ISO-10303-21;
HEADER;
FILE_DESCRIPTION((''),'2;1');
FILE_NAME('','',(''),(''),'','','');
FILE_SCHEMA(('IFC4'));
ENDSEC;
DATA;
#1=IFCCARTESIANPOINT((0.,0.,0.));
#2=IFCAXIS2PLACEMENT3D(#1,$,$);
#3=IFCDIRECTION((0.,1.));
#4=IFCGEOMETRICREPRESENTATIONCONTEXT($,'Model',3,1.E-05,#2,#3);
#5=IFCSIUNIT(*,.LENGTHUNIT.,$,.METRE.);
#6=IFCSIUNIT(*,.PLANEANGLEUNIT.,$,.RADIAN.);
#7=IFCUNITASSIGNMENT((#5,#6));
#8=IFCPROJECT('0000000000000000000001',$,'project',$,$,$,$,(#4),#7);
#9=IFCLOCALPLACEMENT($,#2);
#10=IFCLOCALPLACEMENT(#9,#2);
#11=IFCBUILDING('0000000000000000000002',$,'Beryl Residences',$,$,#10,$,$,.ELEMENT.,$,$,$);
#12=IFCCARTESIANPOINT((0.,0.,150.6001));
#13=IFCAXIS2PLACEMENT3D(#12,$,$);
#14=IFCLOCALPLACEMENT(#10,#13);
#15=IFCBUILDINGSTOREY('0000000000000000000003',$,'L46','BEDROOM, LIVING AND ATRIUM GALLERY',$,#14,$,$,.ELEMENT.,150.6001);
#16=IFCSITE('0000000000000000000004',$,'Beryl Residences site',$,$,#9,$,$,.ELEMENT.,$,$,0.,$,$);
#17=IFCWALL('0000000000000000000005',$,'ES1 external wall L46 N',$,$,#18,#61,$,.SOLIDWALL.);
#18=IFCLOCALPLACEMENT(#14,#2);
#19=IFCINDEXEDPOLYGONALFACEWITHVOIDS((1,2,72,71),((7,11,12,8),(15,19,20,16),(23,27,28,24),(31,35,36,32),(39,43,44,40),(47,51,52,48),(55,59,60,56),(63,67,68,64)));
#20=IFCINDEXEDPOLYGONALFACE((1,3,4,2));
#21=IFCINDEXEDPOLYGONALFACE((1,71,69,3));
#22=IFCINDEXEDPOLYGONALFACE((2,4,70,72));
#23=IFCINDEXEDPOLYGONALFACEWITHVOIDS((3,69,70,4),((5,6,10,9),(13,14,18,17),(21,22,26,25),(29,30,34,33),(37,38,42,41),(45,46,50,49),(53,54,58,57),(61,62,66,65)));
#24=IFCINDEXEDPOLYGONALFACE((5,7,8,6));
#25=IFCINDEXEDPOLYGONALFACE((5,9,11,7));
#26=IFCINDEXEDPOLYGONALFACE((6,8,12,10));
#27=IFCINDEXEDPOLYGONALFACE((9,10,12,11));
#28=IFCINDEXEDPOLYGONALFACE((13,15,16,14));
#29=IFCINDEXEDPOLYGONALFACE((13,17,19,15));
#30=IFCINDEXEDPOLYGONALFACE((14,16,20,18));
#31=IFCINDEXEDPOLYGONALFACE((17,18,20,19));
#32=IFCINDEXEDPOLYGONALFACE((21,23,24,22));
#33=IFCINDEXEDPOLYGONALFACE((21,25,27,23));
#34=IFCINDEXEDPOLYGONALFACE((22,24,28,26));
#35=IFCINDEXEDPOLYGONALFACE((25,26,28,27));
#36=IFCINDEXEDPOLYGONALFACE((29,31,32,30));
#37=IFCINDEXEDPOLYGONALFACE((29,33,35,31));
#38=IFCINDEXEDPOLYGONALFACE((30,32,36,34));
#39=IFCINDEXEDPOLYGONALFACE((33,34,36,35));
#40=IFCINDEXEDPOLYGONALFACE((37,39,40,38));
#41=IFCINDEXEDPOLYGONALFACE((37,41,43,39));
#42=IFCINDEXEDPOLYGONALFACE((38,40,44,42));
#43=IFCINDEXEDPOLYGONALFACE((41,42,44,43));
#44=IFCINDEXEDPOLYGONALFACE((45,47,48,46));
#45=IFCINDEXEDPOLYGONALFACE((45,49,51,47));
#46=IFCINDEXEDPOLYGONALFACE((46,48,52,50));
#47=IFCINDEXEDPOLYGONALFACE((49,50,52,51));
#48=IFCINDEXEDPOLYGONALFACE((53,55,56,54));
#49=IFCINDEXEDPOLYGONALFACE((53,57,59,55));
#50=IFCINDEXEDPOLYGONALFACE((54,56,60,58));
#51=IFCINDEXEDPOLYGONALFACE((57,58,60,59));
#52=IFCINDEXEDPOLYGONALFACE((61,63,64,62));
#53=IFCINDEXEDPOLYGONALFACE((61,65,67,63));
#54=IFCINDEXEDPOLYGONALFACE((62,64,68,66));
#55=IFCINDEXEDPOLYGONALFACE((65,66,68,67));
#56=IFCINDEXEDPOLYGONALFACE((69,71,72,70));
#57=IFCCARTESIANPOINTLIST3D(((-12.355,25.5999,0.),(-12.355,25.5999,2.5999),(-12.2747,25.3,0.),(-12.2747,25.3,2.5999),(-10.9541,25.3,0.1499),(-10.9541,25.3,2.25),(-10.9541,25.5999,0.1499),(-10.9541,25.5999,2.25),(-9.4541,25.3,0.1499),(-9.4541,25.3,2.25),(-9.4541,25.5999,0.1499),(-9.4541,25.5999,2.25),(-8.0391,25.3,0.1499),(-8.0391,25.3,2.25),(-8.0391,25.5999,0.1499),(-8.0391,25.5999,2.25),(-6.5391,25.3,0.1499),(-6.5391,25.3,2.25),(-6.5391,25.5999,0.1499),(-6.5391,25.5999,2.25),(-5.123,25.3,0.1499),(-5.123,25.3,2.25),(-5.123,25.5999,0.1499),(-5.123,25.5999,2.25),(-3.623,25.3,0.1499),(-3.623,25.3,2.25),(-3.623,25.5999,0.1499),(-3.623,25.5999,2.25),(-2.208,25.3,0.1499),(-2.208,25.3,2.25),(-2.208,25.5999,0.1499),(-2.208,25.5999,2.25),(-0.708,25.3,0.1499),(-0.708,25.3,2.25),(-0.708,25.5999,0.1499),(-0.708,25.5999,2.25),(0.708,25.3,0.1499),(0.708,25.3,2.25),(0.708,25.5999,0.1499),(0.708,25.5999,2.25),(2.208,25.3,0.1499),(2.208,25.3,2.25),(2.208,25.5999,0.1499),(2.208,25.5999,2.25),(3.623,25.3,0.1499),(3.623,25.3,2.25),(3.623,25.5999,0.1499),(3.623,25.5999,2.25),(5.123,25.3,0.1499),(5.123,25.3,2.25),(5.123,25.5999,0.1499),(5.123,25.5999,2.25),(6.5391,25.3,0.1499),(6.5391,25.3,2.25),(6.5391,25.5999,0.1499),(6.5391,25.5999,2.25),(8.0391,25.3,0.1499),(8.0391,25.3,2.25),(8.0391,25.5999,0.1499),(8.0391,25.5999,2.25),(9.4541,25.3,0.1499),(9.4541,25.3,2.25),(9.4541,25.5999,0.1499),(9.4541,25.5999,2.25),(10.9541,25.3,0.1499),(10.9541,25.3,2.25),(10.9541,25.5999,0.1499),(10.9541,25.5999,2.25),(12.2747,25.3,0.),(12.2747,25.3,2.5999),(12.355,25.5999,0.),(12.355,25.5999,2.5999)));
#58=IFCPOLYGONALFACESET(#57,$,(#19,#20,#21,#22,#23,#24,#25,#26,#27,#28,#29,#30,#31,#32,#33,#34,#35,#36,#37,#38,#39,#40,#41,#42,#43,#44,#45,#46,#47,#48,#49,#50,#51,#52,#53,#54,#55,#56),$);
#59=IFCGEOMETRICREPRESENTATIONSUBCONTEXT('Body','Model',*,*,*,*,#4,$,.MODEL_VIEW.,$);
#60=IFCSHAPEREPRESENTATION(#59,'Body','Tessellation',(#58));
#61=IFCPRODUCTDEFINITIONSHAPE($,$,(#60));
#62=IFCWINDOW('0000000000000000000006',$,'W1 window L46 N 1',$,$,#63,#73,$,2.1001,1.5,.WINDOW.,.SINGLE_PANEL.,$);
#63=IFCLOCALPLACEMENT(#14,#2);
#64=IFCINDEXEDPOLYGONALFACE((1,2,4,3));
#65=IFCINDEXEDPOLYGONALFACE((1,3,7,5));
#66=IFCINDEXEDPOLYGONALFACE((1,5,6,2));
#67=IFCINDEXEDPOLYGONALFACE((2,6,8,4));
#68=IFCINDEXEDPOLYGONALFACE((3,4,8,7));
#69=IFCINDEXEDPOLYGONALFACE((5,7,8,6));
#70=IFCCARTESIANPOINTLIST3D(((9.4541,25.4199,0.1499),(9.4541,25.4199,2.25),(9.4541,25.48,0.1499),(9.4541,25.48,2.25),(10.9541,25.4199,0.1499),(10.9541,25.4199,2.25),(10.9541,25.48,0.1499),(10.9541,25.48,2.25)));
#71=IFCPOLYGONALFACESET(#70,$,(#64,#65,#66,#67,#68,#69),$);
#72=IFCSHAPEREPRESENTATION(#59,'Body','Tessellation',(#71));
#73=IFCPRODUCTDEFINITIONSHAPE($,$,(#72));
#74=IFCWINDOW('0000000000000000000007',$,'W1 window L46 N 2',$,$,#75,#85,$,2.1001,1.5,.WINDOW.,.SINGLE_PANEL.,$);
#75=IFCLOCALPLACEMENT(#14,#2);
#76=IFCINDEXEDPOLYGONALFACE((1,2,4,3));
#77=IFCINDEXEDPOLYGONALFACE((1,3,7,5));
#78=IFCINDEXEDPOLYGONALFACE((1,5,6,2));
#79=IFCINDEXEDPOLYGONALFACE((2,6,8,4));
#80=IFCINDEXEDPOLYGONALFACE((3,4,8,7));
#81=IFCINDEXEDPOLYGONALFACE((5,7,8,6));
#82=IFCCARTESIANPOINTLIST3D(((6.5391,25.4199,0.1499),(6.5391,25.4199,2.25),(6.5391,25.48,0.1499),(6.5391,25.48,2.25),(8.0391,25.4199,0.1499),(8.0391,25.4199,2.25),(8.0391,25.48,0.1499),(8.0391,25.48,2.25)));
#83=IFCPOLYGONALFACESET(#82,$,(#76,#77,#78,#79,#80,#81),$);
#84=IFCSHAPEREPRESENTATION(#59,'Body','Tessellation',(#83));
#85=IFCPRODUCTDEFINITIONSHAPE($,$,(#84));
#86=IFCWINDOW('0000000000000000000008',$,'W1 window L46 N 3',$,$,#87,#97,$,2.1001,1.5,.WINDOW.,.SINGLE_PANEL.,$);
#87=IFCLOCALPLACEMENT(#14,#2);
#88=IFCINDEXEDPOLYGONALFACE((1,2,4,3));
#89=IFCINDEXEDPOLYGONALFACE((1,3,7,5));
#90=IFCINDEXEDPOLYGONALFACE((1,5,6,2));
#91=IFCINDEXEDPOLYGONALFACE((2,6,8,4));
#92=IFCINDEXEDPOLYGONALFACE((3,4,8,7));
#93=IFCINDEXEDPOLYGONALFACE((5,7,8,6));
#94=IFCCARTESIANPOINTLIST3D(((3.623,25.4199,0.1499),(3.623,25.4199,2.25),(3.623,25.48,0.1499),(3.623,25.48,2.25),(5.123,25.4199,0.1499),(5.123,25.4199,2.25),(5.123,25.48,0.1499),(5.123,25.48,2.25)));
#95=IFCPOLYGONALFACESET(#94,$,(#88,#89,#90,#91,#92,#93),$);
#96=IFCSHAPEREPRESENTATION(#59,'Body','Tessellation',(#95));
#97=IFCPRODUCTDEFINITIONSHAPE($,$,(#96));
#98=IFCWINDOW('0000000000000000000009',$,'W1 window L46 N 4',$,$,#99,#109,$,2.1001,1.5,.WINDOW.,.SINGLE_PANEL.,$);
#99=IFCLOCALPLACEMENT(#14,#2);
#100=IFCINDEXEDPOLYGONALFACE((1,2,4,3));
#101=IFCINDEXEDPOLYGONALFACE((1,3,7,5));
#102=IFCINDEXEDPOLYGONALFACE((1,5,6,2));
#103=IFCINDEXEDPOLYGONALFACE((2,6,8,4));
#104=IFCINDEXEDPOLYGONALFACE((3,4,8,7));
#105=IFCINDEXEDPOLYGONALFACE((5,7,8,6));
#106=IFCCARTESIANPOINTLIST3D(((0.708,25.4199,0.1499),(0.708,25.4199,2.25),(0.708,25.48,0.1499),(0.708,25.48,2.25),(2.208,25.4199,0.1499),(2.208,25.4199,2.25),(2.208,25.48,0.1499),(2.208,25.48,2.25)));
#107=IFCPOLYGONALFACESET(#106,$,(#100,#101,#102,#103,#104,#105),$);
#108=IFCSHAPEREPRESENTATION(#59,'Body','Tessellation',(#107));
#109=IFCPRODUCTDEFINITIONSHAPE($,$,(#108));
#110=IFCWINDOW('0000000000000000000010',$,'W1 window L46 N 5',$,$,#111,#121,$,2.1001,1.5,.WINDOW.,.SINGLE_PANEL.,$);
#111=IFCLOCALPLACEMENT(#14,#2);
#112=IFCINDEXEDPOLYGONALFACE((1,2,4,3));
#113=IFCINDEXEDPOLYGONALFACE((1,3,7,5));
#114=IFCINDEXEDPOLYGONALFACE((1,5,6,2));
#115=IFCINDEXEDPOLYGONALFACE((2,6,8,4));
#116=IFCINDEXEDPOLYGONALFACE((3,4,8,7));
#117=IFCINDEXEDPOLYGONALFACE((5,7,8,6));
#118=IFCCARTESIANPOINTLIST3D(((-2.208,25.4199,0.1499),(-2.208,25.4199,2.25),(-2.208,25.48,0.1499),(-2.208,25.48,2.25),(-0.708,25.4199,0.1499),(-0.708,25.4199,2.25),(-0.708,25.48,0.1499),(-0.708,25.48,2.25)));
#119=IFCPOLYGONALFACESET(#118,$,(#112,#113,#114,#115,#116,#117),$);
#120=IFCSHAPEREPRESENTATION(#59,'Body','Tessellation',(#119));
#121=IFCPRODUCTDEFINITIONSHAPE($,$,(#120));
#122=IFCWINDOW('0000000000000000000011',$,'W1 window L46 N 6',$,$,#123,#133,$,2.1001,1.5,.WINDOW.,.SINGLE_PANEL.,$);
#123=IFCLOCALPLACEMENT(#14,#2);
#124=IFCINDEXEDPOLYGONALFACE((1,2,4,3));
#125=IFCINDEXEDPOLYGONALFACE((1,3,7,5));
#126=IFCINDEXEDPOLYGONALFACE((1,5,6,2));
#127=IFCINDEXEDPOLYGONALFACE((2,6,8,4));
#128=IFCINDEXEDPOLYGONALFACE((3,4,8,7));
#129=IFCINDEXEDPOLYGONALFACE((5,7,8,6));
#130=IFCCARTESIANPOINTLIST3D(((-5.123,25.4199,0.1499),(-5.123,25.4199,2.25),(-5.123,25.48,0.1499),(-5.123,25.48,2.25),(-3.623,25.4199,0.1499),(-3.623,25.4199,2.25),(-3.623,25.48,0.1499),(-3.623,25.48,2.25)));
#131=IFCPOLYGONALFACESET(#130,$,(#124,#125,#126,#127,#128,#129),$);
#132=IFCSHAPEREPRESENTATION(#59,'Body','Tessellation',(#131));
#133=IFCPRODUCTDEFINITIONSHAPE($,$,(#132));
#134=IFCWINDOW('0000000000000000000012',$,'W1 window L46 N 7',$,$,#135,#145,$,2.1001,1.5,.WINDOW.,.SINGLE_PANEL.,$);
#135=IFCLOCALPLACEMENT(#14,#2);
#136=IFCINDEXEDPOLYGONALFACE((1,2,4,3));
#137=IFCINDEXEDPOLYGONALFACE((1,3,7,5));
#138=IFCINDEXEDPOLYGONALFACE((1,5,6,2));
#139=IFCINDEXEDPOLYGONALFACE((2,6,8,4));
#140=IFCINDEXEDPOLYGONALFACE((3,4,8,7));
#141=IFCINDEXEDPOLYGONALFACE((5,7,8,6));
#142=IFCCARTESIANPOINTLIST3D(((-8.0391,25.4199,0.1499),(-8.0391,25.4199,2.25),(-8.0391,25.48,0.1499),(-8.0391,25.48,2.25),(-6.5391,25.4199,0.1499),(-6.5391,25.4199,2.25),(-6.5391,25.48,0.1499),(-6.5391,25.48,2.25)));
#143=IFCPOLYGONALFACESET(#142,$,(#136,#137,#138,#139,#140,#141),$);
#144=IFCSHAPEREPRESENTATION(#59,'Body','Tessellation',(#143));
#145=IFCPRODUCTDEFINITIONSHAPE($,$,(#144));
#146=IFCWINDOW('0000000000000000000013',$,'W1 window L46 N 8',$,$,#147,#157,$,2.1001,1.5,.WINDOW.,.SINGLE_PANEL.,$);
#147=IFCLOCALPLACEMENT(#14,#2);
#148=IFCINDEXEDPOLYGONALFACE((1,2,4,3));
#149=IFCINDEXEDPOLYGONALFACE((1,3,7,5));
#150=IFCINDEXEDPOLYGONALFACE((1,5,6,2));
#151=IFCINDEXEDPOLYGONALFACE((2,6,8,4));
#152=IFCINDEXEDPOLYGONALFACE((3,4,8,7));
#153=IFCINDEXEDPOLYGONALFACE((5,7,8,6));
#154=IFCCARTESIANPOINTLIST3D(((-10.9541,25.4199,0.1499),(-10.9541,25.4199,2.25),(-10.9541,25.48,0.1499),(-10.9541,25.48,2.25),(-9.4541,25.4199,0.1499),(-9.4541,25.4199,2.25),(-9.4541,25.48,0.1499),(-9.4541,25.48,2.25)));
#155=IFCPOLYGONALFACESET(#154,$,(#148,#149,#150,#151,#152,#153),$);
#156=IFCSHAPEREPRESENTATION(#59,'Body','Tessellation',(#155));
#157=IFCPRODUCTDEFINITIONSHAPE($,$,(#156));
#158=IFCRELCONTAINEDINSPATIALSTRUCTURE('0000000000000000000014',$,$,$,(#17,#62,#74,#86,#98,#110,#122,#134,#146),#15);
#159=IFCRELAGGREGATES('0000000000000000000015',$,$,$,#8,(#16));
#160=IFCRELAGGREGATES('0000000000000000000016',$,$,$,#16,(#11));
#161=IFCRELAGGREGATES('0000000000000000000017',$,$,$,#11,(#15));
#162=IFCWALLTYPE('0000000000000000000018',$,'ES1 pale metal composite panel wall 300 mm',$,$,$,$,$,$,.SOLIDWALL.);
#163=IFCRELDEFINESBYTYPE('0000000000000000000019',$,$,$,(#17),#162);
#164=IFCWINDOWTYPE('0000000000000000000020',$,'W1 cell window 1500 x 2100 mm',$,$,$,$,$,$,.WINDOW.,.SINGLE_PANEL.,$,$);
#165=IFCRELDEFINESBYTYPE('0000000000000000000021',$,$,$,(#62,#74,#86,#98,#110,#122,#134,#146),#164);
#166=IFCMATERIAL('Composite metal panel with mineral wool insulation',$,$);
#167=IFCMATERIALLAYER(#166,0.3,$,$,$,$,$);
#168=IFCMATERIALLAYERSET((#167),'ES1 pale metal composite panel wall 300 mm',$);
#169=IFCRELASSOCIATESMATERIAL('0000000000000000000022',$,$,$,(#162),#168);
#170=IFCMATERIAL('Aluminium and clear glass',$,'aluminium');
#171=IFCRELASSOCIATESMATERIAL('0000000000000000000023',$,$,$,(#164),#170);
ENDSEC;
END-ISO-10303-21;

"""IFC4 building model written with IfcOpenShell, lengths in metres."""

from ifc_helpers import new_model, si_unit, direction, frame, frame_2d, origin, place, context, subcontext, project, spatial, polyline, rectangle, outline, extrude, material, layer, layer_set, type_object, element, fill, save


model = new_model("IFC4")

# Units and contexts
model_context = context("Model", 3, precision=1e-05, world=origin(), true_north=direction((0.0, 1.0)))
body_context = subcontext(model_context, "Body", "Model", "MODEL_VIEW")
ifc_project = project(units=[si_unit("LENGTHUNIT", "METRE"), si_unit("PLANEANGLEUNIT", "RADIAN")], contexts=[model_context])

# Site, building, storey
site_placement = place(None, origin())
site = spatial("IfcSite", under=ifc_project, at=site_placement, Name="Beryl Residences site", CompositionType="ELEMENT", RefElevation=0.0)
building_placement = place(site_placement, origin())
building = spatial("IfcBuilding", under=site, at=building_placement, Name="Beryl Residences", CompositionType="ELEMENT")
storey_placement = place(building_placement, frame((0.0, 0.0, 150.6001)))
storey = spatial("IfcBuildingStorey", under=building, at=storey_placement, Name="L46", Description="BEDROOM, LIVING AND ATRIUM GALLERY", CompositionType="ELEMENT", Elevation=150.6001)

# Wall, openings, windows
ifc_material_1 = material(Name="Composite metal panel with mineral wool insulation")
ifc_layer_1 = layer(ifc_material_1, 0.3)
ifc_layer_set_1 = layer_set([ifc_layer_1], Name="ES1 pale metal composite panel wall 300 mm")
wall_type_1 = type_object("IfcWallType", Name="ES1 pale metal composite panel wall 300 mm", PredefinedType="SOLIDWALL", material=ifc_layer_set_1)
wall_1_placement = place(storey_placement, frame((12.355, 25.45, 0.0), z_axis=(0.0, 0.0, 1.0), x_axis=(-1.0, 0.0, 0.0)))
wall_1 = element("IfcWall", 1, at=wall_1_placement, inside=storey, type_object=wall_type_1, Name="ES1 external wall L46 N", PredefinedType="SOLIDWALL", context=body_context, shape_type="SweptSolid", body=[
    extrude(outline(polyline([(0.0, -0.1499), (24.71, -0.1499), (24.6296, 0.1499), (0.0803, 0.1499), (0.0, -0.1499)])), origin(), (0.0, 0.0, 1.0), 2.5999),
])
opening_1_placement = place(wall_1_placement, frame((1.4009, 0.0, 0.1499)))
opening_1 = element("IfcOpeningElement", 2, at=opening_1_placement, cuts=wall_1, PredefinedType="OPENING", context=body_context, shape_type="SweptSolid", body=[
    extrude(rectangle(XDim=1.5, YDim=2.1001, at=frame_2d((0.75, 1.05))), frame((0.0, 0.1599, 0.0), z_axis=(0.0, -1.0, 0.0), x_axis=(1.0, 0.0, 0.0)), (0.0, 0.0, 1.0), 0.3201),
])
opening_2_placement = place(wall_1_placement, frame((4.3159, 0.0, 0.1499)))
opening_2 = element("IfcOpeningElement", 3, at=opening_2_placement, cuts=wall_1, PredefinedType="OPENING", context=body_context, shape_type="SweptSolid", body=[
    extrude(rectangle(XDim=1.5, YDim=2.1001, at=frame_2d((0.75, 1.05))), frame((0.0, 0.1599, 0.0), z_axis=(0.0, -1.0, 0.0), x_axis=(1.0, 0.0, 0.0)), (0.0, 0.0, 1.0), 0.3201),
])
opening_3_placement = place(wall_1_placement, frame((7.2319, 0.0, 0.1499)))
opening_3 = element("IfcOpeningElement", 4, at=opening_3_placement, cuts=wall_1, PredefinedType="OPENING", context=body_context, shape_type="SweptSolid", body=[
    extrude(rectangle(XDim=1.5, YDim=2.1001, at=frame_2d((0.75, 1.05))), frame((0.0, 0.1599, 0.0), z_axis=(0.0, -1.0, 0.0), x_axis=(1.0, 0.0, 0.0)), (0.0, 0.0, 1.0), 0.3201),
])
opening_4_placement = place(wall_1_placement, frame((10.147, 0.0, 0.1499)))
opening_4 = element("IfcOpeningElement", 5, at=opening_4_placement, cuts=wall_1, PredefinedType="OPENING", context=body_context, shape_type="SweptSolid", body=[
    extrude(rectangle(XDim=1.5, YDim=2.1001, at=frame_2d((0.75, 1.05))), frame((0.0, 0.1599, 0.0), z_axis=(0.0, -1.0, 0.0), x_axis=(1.0, 0.0, 0.0)), (0.0, 0.0, 1.0), 0.3201),
])
opening_5_placement = place(wall_1_placement, frame((13.063, 0.0, 0.1499)))
opening_5 = element("IfcOpeningElement", 6, at=opening_5_placement, cuts=wall_1, PredefinedType="OPENING", context=body_context, shape_type="SweptSolid", body=[
    extrude(rectangle(XDim=1.5, YDim=2.1001, at=frame_2d((0.75, 1.05))), frame((0.0, 0.1599, 0.0), z_axis=(0.0, -1.0, 0.0), x_axis=(1.0, 0.0, 0.0)), (0.0, 0.0, 1.0), 0.3201),
])
opening_6_placement = place(wall_1_placement, frame((15.978, 0.0, 0.1499)))
opening_6 = element("IfcOpeningElement", 7, at=opening_6_placement, cuts=wall_1, PredefinedType="OPENING", context=body_context, shape_type="SweptSolid", body=[
    extrude(rectangle(XDim=1.5, YDim=2.1001, at=frame_2d((0.75, 1.05))), frame((0.0, 0.1599, 0.0), z_axis=(0.0, -1.0, 0.0), x_axis=(1.0, 0.0, 0.0)), (0.0, 0.0, 1.0), 0.3201),
])
opening_7_placement = place(wall_1_placement, frame((18.894, 0.0, 0.1499)))
opening_7 = element("IfcOpeningElement", 8, at=opening_7_placement, cuts=wall_1, PredefinedType="OPENING", context=body_context, shape_type="SweptSolid", body=[
    extrude(rectangle(XDim=1.5, YDim=2.1001, at=frame_2d((0.75, 1.05))), frame((0.0, 0.1599, 0.0), z_axis=(0.0, -1.0, 0.0), x_axis=(1.0, 0.0, 0.0)), (0.0, 0.0, 1.0), 0.3201),
])
opening_8_placement = place(wall_1_placement, frame((21.8091, 0.0, 0.1499)))
opening_8 = element("IfcOpeningElement", 9, at=opening_8_placement, cuts=wall_1, PredefinedType="OPENING", context=body_context, shape_type="SweptSolid", body=[
    extrude(rectangle(XDim=1.5, YDim=2.1001, at=frame_2d((0.75, 1.05))), frame((0.0, 0.1599, 0.0), z_axis=(0.0, -1.0, 0.0), x_axis=(1.0, 0.0, 0.0)), (0.0, 0.0, 1.0), 0.3201),
])
ifc_material_2 = material(Name="Aluminium and clear glass", Category="aluminium")
window_type_1 = type_object("IfcWindowType", Name="W1 cell window 1500 x 2100 mm", PartitioningType="SINGLE_PANEL", PredefinedType="WINDOW", material=ifc_material_2)
window_1_placement = place(opening_1_placement, origin())
window_1 = element("IfcWindow", 10, at=window_1_placement, inside=storey, type_object=window_type_1, Name="W1 window L46 N 1", OverallHeight=2.1001, OverallWidth=1.5, PartitioningType="SINGLE_PANEL", PredefinedType="WINDOW", context=body_context, shape_type="SweptSolid", body=[
    extrude(rectangle(XDim=1.5, YDim=2.1001, at=frame_2d((0.75, 1.05))), frame((0.0, 0.03, 0.0), z_axis=(0.0, -1.0, 0.0), x_axis=(1.0, 0.0, 0.0)), (0.0, 0.0, 1.0), 0.0601),
])
fill(opening_1, window_1)
window_2_placement = place(opening_2_placement, origin())
window_2 = element("IfcWindow", 11, at=window_2_placement, inside=storey, type_object=window_type_1, Name="W1 window L46 N 2", OverallHeight=2.1001, OverallWidth=1.5, PartitioningType="SINGLE_PANEL", PredefinedType="WINDOW", context=body_context, shape_type="SweptSolid", body=[
    extrude(rectangle(XDim=1.5, YDim=2.1001, at=frame_2d((0.75, 1.05))), frame((0.0, 0.03, 0.0), z_axis=(0.0, -1.0, 0.0), x_axis=(1.0, 0.0, 0.0)), (0.0, 0.0, 1.0), 0.0601),
])
fill(opening_2, window_2)
window_3_placement = place(opening_3_placement, origin())
window_3 = element("IfcWindow", 12, at=window_3_placement, inside=storey, type_object=window_type_1, Name="W1 window L46 N 3", OverallHeight=2.1001, OverallWidth=1.5, PartitioningType="SINGLE_PANEL", PredefinedType="WINDOW", context=body_context, shape_type="SweptSolid", body=[
    extrude(rectangle(XDim=1.5, YDim=2.1001, at=frame_2d((0.75, 1.05))), frame((0.0, 0.03, 0.0), z_axis=(0.0, -1.0, 0.0), x_axis=(1.0, 0.0, 0.0)), (0.0, 0.0, 1.0), 0.0601),
])
fill(opening_3, window_3)
window_4_placement = place(opening_4_placement, origin())
window_4 = element("IfcWindow", 13, at=window_4_placement, inside=storey, type_object=window_type_1, Name="W1 window L46 N 4", OverallHeight=2.1001, OverallWidth=1.5, PartitioningType="SINGLE_PANEL", PredefinedType="WINDOW", context=body_context, shape_type="SweptSolid", body=[
    extrude(rectangle(XDim=1.5, YDim=2.1001, at=frame_2d((0.75, 1.05))), frame((0.0, 0.03, 0.0), z_axis=(0.0, -1.0, 0.0), x_axis=(1.0, 0.0, 0.0)), (0.0, 0.0, 1.0), 0.0601),
])
fill(opening_4, window_4)
window_5_placement = place(opening_5_placement, origin())
window_5 = element("IfcWindow", 14, at=window_5_placement, inside=storey, type_object=window_type_1, Name="W1 window L46 N 5", OverallHeight=2.1001, OverallWidth=1.5, PartitioningType="SINGLE_PANEL", PredefinedType="WINDOW", context=body_context, shape_type="SweptSolid", body=[
    extrude(rectangle(XDim=1.5, YDim=2.1001, at=frame_2d((0.75, 1.05))), frame((0.0, 0.03, 0.0), z_axis=(0.0, -1.0, 0.0), x_axis=(1.0, 0.0, 0.0)), (0.0, 0.0, 1.0), 0.0601),
])
fill(opening_5, window_5)
window_6_placement = place(opening_6_placement, origin())
window_6 = element("IfcWindow", 15, at=window_6_placement, inside=storey, type_object=window_type_1, Name="W1 window L46 N 6", OverallHeight=2.1001, OverallWidth=1.5, PartitioningType="SINGLE_PANEL", PredefinedType="WINDOW", context=body_context, shape_type="SweptSolid", body=[
    extrude(rectangle(XDim=1.5, YDim=2.1001, at=frame_2d((0.75, 1.05))), frame((0.0, 0.03, 0.0), z_axis=(0.0, -1.0, 0.0), x_axis=(1.0, 0.0, 0.0)), (0.0, 0.0, 1.0), 0.0601),
])
fill(opening_6, window_6)
window_7_placement = place(opening_7_placement, origin())
window_7 = element("IfcWindow", 16, at=window_7_placement, inside=storey, type_object=window_type_1, Name="W1 window L46 N 7", OverallHeight=2.1001, OverallWidth=1.5, PartitioningType="SINGLE_PANEL", PredefinedType="WINDOW", context=body_context, shape_type="SweptSolid", body=[
    extrude(rectangle(XDim=1.5, YDim=2.1001, at=frame_2d((0.75, 1.05))), frame((0.0, 0.03, 0.0), z_axis=(0.0, -1.0, 0.0), x_axis=(1.0, 0.0, 0.0)), (0.0, 0.0, 1.0), 0.0601),
])
fill(opening_7, window_7)
window_8_placement = place(opening_8_placement, origin())
window_8 = element("IfcWindow", 17, at=window_8_placement, inside=storey, type_object=window_type_1, Name="W1 window L46 N 8", OverallHeight=2.1001, OverallWidth=1.5, PartitioningType="SINGLE_PANEL", PredefinedType="WINDOW", context=body_context, shape_type="SweptSolid", body=[
    extrude(rectangle(XDim=1.5, YDim=2.1001, at=frame_2d((0.75, 1.05))), frame((0.0, 0.03, 0.0), z_axis=(0.0, -1.0, 0.0), x_axis=(1.0, 0.0, 0.0)), (0.0, 0.0, 1.0), 0.0601),
])
fill(opening_8, window_8)

save(model, "model.ifc")
